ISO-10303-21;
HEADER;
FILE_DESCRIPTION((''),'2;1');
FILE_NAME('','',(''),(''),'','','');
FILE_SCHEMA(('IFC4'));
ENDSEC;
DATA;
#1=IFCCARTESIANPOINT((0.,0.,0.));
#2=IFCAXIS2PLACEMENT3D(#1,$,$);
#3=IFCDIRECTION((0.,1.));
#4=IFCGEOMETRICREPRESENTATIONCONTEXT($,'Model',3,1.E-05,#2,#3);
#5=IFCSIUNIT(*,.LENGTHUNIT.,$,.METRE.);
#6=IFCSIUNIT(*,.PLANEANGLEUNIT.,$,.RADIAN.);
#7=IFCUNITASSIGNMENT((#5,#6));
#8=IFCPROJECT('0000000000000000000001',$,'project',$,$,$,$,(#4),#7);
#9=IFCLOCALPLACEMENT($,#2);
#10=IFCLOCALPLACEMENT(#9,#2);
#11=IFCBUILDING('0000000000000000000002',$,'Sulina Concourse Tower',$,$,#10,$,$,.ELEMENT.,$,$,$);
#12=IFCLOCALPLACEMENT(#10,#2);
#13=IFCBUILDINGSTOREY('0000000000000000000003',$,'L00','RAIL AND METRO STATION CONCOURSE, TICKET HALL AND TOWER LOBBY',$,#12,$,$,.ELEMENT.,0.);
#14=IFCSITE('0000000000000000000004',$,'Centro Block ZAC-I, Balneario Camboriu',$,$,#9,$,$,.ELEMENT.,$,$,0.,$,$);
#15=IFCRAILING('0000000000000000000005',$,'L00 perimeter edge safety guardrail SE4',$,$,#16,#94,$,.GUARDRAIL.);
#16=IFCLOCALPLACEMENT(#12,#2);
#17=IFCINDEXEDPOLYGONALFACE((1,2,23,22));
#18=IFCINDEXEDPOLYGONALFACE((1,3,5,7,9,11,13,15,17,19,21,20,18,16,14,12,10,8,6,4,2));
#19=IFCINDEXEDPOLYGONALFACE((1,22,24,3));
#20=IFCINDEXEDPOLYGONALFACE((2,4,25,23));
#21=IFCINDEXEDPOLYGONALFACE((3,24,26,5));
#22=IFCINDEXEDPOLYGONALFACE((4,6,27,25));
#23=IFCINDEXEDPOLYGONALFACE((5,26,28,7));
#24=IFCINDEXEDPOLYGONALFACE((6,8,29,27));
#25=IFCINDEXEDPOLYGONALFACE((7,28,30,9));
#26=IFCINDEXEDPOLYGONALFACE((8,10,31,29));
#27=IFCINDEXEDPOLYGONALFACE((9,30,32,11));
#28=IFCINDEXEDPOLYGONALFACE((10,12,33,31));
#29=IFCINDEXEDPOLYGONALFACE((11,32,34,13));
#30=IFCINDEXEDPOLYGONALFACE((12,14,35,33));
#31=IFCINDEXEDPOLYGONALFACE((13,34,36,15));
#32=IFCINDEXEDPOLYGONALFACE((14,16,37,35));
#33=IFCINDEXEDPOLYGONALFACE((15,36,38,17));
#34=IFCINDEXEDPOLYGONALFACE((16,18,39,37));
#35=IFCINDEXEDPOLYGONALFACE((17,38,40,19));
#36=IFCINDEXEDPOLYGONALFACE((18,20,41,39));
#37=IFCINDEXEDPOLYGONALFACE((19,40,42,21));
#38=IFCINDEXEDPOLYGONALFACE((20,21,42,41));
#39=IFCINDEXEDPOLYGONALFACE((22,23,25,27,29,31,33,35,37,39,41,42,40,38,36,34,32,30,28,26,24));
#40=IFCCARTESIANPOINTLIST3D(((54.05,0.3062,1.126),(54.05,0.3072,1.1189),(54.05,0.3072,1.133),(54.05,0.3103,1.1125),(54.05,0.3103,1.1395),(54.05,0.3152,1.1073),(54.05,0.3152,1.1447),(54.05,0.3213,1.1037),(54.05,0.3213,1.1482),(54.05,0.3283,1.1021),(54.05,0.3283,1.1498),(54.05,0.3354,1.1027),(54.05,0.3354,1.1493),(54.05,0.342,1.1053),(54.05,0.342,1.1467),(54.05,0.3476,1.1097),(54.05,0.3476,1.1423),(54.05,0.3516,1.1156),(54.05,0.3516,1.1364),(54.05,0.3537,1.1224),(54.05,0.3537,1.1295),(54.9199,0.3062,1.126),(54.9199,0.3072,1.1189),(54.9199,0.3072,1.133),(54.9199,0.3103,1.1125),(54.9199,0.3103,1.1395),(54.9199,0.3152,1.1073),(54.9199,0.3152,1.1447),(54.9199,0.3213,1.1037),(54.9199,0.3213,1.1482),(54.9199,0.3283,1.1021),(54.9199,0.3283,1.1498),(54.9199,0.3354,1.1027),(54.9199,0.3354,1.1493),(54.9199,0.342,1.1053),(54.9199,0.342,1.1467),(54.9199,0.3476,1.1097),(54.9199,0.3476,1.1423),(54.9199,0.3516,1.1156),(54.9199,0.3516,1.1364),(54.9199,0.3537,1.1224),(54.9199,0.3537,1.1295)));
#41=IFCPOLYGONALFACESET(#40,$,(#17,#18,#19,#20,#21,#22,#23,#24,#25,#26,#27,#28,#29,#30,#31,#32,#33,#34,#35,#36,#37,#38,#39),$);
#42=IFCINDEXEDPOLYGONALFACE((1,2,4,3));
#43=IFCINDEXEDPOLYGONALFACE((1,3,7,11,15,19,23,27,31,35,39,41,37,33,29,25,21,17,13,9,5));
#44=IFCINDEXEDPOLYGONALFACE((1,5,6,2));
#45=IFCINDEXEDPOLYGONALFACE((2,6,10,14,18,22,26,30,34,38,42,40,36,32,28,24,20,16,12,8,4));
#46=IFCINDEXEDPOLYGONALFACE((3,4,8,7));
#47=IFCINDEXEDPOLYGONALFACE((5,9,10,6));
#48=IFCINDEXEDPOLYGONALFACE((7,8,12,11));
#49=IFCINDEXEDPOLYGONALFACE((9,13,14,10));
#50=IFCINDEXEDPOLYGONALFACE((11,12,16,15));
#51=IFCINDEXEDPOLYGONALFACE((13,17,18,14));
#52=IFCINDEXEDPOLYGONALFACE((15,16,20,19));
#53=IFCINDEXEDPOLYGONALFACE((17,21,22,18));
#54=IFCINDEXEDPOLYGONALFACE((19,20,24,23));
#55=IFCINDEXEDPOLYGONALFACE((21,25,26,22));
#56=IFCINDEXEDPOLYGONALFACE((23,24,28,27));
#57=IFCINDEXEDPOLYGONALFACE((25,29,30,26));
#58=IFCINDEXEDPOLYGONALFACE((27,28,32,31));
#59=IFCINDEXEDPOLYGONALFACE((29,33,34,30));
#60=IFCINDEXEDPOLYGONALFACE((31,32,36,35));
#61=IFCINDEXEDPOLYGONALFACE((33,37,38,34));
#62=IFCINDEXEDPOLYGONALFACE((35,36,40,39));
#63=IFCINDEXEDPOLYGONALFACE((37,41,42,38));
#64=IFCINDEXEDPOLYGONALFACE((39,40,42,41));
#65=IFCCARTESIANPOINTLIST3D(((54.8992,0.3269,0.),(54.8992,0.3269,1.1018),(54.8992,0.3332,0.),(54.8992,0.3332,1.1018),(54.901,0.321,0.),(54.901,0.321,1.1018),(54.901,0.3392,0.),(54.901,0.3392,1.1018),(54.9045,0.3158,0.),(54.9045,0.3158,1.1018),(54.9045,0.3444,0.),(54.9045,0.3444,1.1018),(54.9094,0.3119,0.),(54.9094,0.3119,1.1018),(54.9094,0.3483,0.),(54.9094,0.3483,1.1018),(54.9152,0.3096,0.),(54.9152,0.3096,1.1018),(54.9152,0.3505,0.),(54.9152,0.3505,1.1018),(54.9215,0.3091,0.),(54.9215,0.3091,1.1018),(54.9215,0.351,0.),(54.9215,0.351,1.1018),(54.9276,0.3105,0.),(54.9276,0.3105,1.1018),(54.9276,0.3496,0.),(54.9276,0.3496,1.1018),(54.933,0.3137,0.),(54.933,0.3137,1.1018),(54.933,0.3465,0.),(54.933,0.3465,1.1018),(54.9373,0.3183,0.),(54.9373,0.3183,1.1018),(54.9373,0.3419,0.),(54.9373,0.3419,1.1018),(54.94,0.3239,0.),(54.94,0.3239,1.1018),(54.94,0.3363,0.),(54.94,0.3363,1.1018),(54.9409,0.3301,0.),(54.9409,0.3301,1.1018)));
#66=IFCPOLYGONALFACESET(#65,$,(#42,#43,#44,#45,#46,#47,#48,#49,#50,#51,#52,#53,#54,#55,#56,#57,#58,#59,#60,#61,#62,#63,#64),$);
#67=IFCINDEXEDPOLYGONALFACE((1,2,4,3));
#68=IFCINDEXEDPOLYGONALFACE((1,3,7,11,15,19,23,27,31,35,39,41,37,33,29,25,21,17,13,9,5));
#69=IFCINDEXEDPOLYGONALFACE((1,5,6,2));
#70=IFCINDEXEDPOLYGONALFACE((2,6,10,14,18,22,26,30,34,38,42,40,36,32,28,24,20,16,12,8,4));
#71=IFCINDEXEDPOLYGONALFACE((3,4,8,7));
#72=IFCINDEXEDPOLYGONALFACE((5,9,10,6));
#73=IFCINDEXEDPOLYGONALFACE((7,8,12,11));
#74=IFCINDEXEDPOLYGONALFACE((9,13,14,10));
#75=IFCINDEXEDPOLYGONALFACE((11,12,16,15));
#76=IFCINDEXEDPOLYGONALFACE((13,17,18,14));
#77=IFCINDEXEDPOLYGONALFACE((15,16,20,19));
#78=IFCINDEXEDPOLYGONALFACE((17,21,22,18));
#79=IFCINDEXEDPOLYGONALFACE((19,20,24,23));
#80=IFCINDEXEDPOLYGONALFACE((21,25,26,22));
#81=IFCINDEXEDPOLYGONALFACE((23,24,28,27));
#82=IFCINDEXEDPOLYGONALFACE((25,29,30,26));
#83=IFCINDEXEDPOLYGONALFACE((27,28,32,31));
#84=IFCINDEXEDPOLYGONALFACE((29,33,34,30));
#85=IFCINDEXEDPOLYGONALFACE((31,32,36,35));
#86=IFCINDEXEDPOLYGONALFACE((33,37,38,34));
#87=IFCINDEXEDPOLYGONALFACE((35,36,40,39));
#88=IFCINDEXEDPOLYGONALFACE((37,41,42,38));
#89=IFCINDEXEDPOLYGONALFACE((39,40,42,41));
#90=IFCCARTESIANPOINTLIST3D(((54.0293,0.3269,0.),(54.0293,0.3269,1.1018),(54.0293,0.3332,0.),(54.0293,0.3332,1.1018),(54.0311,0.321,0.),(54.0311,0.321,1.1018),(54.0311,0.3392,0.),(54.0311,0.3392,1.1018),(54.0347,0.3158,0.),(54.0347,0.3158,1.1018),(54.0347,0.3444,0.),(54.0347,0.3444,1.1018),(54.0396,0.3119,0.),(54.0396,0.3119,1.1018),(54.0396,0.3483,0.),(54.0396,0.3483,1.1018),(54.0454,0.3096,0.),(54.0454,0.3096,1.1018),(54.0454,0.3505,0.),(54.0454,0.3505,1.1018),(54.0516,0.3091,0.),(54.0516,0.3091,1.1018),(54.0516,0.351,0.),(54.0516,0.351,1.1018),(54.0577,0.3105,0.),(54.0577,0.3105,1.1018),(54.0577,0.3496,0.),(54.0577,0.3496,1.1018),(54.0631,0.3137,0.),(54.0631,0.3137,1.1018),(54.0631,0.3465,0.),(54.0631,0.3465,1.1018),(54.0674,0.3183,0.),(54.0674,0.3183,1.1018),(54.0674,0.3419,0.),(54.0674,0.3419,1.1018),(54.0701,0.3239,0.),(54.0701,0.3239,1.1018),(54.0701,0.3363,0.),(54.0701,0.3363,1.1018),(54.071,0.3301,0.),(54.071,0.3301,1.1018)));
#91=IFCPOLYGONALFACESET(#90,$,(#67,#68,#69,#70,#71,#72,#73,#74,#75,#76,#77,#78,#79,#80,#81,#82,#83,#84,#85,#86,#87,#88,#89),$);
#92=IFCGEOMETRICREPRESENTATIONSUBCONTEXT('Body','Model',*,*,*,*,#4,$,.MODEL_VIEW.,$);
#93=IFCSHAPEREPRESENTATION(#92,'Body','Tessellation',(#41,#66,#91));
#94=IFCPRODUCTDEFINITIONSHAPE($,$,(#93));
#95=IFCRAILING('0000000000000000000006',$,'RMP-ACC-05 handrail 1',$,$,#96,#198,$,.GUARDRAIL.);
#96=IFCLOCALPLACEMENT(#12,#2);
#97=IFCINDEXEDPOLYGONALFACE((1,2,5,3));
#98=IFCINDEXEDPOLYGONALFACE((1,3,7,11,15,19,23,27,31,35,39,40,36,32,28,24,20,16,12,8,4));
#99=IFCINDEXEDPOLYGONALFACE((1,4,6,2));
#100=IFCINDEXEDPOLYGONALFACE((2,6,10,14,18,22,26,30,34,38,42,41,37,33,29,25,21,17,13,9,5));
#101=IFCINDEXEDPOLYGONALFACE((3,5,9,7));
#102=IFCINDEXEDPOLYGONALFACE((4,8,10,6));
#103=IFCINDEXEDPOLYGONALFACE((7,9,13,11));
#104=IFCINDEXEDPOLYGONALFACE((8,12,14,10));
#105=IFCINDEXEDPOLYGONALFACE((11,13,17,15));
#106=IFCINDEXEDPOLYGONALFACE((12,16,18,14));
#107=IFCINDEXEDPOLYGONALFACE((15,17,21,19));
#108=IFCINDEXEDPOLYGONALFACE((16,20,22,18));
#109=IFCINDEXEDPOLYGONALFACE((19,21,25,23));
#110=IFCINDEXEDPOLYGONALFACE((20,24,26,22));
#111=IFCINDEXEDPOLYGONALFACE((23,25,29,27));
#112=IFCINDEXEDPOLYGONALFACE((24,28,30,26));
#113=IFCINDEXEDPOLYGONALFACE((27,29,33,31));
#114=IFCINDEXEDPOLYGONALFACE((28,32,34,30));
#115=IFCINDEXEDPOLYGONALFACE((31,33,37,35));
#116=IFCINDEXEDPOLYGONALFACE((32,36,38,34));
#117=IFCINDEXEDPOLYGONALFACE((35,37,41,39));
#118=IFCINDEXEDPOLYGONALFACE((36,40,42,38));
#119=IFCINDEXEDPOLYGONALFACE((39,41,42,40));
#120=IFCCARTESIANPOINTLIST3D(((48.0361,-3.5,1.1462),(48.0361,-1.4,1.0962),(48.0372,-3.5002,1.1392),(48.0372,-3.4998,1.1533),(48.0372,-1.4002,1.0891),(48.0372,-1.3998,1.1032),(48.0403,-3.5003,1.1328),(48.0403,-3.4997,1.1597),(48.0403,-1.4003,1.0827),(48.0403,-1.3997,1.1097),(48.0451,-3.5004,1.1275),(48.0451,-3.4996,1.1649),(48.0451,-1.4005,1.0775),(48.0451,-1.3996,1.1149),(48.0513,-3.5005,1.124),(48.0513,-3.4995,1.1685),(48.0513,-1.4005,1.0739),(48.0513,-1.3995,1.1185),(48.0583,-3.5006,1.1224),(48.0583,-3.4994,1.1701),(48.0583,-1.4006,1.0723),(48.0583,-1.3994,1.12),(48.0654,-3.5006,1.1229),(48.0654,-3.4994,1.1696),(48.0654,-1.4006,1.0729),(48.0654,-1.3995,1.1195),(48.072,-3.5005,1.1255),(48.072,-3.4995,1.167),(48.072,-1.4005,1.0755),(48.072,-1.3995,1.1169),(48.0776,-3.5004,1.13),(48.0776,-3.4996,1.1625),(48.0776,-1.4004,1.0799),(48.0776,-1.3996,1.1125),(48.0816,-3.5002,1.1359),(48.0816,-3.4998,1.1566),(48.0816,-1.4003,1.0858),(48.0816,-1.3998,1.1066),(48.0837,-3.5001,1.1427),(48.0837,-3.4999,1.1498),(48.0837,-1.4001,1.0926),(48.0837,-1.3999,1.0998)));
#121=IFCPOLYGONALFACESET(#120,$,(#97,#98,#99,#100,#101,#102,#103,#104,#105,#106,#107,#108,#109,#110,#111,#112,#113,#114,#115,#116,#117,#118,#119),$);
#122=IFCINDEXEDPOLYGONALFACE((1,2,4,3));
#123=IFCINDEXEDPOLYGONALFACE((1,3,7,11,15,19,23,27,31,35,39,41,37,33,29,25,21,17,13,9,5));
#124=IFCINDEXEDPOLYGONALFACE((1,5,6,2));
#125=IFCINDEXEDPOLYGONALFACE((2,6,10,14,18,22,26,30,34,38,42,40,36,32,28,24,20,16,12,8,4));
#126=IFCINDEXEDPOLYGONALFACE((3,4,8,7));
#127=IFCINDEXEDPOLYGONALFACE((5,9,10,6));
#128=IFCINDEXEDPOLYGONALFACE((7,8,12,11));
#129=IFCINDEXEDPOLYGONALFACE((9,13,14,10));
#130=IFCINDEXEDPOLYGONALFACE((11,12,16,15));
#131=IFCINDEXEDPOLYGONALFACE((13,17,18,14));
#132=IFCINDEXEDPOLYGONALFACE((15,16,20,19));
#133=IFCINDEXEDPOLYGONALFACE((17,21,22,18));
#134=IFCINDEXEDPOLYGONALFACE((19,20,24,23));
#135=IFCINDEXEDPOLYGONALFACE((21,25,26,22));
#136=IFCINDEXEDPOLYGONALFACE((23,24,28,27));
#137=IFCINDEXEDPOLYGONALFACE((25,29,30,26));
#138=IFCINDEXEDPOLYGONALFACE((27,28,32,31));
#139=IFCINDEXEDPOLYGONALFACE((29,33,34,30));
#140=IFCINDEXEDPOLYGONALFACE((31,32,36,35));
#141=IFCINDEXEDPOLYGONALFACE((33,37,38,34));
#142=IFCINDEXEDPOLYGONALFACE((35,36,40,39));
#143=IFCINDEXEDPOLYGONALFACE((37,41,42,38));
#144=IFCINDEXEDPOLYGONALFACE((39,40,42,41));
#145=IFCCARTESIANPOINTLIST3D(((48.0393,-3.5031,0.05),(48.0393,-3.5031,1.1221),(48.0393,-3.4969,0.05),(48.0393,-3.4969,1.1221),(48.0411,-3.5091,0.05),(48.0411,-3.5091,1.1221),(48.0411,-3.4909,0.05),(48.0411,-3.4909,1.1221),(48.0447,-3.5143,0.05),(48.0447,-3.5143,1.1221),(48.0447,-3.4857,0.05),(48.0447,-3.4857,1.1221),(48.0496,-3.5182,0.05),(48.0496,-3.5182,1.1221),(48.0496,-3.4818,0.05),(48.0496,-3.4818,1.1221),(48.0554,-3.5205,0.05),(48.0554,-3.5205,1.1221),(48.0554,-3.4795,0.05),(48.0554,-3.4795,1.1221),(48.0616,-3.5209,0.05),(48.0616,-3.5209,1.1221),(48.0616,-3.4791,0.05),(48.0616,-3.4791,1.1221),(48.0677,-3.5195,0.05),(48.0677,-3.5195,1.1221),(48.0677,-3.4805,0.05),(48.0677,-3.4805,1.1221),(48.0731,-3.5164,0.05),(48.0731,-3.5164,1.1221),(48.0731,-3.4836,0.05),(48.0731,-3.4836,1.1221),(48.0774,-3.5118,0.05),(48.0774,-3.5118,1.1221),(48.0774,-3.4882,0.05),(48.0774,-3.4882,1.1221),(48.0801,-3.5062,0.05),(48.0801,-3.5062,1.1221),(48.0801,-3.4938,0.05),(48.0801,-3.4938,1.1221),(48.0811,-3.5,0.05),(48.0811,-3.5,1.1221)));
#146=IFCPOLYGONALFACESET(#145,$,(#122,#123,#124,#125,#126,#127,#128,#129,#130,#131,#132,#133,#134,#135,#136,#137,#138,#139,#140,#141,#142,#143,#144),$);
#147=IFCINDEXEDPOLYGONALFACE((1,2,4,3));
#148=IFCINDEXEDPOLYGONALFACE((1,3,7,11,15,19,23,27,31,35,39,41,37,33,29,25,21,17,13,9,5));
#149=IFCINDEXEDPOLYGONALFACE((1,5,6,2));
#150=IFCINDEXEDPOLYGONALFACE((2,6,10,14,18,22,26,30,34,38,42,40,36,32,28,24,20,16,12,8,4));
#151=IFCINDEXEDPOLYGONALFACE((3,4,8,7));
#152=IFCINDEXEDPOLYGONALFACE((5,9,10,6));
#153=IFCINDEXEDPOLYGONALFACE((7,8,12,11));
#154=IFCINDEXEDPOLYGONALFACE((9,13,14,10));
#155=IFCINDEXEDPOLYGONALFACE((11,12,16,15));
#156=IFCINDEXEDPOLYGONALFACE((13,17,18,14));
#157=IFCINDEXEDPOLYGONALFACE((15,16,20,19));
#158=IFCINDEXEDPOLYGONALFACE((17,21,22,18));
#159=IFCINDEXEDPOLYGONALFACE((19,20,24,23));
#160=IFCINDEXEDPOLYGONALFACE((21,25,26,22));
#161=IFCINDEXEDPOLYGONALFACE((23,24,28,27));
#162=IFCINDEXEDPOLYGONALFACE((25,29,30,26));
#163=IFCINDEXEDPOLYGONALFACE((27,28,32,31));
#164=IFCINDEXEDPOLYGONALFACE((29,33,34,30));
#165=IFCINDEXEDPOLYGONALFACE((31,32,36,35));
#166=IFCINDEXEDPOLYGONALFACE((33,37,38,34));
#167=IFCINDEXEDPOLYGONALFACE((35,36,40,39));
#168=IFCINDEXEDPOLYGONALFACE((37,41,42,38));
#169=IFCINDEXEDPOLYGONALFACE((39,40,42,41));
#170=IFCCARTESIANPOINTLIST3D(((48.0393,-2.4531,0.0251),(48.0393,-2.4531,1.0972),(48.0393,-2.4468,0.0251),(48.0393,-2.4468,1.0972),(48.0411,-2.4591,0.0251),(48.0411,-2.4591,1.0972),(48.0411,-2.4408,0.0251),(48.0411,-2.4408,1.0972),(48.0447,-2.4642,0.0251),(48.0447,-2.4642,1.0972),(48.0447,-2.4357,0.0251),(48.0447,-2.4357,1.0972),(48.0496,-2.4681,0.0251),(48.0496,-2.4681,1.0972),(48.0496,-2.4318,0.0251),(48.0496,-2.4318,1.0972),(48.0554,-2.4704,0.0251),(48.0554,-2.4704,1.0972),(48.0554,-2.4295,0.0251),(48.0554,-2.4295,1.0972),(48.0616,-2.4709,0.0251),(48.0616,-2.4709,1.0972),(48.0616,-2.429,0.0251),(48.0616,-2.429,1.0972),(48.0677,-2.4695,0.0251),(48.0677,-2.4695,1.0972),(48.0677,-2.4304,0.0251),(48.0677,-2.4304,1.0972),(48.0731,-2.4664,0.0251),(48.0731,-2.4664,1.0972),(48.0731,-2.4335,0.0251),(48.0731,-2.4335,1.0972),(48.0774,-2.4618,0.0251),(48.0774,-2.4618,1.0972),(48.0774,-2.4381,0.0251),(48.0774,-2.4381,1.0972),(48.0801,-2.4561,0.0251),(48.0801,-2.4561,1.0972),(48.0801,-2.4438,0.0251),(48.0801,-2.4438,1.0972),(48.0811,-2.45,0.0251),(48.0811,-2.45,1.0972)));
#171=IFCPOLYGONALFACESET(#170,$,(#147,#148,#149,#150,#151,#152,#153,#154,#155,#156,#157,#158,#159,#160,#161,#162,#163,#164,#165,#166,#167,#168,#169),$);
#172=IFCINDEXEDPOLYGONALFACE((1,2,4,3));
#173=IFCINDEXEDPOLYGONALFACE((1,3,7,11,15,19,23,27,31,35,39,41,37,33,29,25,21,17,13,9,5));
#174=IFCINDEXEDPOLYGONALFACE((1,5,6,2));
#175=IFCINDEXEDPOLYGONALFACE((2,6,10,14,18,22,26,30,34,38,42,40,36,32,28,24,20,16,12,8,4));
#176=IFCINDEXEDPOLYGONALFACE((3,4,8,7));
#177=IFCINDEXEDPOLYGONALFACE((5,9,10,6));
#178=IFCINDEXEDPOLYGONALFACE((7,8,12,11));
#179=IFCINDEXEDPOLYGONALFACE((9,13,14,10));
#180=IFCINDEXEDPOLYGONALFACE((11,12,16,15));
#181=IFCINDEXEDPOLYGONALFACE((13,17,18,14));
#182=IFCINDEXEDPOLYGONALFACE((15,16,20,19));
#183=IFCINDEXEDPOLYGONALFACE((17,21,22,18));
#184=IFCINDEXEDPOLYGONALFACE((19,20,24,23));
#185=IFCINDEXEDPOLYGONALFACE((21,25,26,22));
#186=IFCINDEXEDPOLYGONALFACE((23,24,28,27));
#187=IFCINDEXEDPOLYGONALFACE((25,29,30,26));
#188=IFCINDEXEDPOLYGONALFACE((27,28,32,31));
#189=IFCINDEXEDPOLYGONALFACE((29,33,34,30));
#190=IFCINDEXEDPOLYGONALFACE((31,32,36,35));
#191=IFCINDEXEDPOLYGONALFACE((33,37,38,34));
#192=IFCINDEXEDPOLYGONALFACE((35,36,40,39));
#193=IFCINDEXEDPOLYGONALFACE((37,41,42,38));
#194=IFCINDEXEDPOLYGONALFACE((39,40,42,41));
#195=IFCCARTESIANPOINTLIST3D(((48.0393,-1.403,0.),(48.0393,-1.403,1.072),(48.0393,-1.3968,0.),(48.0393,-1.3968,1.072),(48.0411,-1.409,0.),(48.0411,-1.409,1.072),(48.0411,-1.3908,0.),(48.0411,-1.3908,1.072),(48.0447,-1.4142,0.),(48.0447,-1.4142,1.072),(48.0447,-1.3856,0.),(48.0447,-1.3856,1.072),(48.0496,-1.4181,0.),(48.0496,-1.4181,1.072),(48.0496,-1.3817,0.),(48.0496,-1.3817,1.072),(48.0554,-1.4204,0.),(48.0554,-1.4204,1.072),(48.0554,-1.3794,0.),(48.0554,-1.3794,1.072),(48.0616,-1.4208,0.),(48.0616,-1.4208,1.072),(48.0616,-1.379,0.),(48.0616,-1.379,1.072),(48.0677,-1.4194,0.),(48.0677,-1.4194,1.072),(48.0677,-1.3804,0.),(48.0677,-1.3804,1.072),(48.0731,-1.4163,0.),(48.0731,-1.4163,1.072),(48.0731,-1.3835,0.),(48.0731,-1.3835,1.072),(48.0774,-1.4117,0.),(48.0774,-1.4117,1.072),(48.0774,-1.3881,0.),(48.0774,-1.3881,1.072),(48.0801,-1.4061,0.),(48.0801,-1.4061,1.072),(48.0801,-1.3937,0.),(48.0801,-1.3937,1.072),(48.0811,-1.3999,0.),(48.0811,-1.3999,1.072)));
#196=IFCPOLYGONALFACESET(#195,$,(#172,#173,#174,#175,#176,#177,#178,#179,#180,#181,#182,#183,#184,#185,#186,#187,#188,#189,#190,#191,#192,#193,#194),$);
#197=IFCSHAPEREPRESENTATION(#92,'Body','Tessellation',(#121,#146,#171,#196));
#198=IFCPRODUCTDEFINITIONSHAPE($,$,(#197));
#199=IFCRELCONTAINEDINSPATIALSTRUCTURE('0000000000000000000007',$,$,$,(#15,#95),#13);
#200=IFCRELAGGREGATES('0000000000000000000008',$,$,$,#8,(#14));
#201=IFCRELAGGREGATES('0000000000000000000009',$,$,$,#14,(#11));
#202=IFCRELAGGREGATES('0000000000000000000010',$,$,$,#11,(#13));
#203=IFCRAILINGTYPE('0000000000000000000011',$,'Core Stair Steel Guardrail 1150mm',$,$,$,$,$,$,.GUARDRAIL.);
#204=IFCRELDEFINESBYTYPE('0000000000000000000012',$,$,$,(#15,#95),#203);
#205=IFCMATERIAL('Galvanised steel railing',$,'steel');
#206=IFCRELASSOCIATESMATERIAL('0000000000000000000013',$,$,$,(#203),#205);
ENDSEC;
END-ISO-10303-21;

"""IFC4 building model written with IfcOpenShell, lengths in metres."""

from ifc_helpers import new_model, si_unit, direction, frame, origin, origin_2d, place, context, subcontext, project, spatial, circle, extrude, material, type_object, element, save


model = new_model("IFC4")

# Units and contexts
model_context = context("Model", 3, precision=1e-05, world=origin(), true_north=direction((0.0, 1.0)))
body_context = subcontext(model_context, "Body", "Model", "MODEL_VIEW")
ifc_project = project(units=[si_unit("LENGTHUNIT", "METRE"), si_unit("PLANEANGLEUNIT", "RADIAN")], contexts=[model_context])

# Site, building, storey
site_placement = place(None, origin())
site = spatial("IfcSite", under=ifc_project, at=site_placement, Name="Centro Block ZAC-I, Balneario Camboriu", CompositionType="ELEMENT", RefElevation=0.0)
building_placement = place(site_placement, origin())
building = spatial("IfcBuilding", under=site, at=building_placement, Name="Sulina Concourse Tower", CompositionType="ELEMENT")
storey_placement = place(building_placement, origin())
storey = spatial("IfcBuildingStorey", under=building, at=storey_placement, Name="L00", Description="RAIL AND METRO STATION CONCOURSE, TICKET HALL AND TOWER LOBBY", CompositionType="ELEMENT", Elevation=0.0)

# Railings
ifc_material_1 = material(Name="Galvanised steel railing", Category="steel")
railing_type = type_object("IfcRailingType", Name="Core Stair Steel Guardrail 1150mm", PredefinedType="GUARDRAIL", material=ifc_material_1)
railing_1_placement = place(storey_placement, frame((54.9199, 0.3301, 0.0)))
element("IfcRailing", 1, at=railing_1_placement, inside=storey, type_object=railing_type, Name="L00 perimeter edge safety guardrail SE4", PredefinedType="GUARDRAIL", context=body_context, shape_type="SweptSolid", body=[
    extrude(circle(Radius=0.0239, at=origin_2d()), frame((0.0, 0.0, 1.126), z_axis=(-1.0, 0.0, 0.0), x_axis=(0.0, -1.0, 0.0)), (0.0, 0.0, 1.0), 0.8699),
    extrude(circle(Radius=0.021, at=origin_2d()), origin(), (0.0, 0.0, 1.0), 1.1018),
    extrude(circle(Radius=0.021, at=origin_2d()), frame((-0.8699, 0.0, 0.0)), (0.0, 0.0, 1.0), 1.1018),
])
for number, where, name in (
    (2, (48.0601, -3.5, 0.05), "RMP-ACC-05 handrail 1"),
):
    element("IfcRailing", number, at=place(storey_placement, frame(where)), inside=storey, type_object=railing_type, Name=name, PredefinedType="GUARDRAIL", context=body_context, shape_type="SweptSolid", body=[
        extrude(circle(Radius=0.0239, at=origin_2d()), frame((0.0, 0.0, 1.0962), z_axis=(0.0, 0.999716, -0.023825), x_axis=(-1.0, 0.0, 0.0)), (0.0, 0.0, 1.0), 2.1006),
        extrude(circle(Radius=0.021, at=origin_2d()), origin(), (0.0, 0.0, 1.0), 1.072),
        extrude(circle(Radius=0.021, at=origin_2d()), frame((0.0, 1.05, -0.0249)), (0.0, 0.0, 1.0), 1.072),
        extrude(circle(Radius=0.021, at=origin_2d()), frame((0.0, 2.1001, -0.05)), (0.0, 0.0, 1.0), 1.072),
    ])

save(model, "model.ifc")
